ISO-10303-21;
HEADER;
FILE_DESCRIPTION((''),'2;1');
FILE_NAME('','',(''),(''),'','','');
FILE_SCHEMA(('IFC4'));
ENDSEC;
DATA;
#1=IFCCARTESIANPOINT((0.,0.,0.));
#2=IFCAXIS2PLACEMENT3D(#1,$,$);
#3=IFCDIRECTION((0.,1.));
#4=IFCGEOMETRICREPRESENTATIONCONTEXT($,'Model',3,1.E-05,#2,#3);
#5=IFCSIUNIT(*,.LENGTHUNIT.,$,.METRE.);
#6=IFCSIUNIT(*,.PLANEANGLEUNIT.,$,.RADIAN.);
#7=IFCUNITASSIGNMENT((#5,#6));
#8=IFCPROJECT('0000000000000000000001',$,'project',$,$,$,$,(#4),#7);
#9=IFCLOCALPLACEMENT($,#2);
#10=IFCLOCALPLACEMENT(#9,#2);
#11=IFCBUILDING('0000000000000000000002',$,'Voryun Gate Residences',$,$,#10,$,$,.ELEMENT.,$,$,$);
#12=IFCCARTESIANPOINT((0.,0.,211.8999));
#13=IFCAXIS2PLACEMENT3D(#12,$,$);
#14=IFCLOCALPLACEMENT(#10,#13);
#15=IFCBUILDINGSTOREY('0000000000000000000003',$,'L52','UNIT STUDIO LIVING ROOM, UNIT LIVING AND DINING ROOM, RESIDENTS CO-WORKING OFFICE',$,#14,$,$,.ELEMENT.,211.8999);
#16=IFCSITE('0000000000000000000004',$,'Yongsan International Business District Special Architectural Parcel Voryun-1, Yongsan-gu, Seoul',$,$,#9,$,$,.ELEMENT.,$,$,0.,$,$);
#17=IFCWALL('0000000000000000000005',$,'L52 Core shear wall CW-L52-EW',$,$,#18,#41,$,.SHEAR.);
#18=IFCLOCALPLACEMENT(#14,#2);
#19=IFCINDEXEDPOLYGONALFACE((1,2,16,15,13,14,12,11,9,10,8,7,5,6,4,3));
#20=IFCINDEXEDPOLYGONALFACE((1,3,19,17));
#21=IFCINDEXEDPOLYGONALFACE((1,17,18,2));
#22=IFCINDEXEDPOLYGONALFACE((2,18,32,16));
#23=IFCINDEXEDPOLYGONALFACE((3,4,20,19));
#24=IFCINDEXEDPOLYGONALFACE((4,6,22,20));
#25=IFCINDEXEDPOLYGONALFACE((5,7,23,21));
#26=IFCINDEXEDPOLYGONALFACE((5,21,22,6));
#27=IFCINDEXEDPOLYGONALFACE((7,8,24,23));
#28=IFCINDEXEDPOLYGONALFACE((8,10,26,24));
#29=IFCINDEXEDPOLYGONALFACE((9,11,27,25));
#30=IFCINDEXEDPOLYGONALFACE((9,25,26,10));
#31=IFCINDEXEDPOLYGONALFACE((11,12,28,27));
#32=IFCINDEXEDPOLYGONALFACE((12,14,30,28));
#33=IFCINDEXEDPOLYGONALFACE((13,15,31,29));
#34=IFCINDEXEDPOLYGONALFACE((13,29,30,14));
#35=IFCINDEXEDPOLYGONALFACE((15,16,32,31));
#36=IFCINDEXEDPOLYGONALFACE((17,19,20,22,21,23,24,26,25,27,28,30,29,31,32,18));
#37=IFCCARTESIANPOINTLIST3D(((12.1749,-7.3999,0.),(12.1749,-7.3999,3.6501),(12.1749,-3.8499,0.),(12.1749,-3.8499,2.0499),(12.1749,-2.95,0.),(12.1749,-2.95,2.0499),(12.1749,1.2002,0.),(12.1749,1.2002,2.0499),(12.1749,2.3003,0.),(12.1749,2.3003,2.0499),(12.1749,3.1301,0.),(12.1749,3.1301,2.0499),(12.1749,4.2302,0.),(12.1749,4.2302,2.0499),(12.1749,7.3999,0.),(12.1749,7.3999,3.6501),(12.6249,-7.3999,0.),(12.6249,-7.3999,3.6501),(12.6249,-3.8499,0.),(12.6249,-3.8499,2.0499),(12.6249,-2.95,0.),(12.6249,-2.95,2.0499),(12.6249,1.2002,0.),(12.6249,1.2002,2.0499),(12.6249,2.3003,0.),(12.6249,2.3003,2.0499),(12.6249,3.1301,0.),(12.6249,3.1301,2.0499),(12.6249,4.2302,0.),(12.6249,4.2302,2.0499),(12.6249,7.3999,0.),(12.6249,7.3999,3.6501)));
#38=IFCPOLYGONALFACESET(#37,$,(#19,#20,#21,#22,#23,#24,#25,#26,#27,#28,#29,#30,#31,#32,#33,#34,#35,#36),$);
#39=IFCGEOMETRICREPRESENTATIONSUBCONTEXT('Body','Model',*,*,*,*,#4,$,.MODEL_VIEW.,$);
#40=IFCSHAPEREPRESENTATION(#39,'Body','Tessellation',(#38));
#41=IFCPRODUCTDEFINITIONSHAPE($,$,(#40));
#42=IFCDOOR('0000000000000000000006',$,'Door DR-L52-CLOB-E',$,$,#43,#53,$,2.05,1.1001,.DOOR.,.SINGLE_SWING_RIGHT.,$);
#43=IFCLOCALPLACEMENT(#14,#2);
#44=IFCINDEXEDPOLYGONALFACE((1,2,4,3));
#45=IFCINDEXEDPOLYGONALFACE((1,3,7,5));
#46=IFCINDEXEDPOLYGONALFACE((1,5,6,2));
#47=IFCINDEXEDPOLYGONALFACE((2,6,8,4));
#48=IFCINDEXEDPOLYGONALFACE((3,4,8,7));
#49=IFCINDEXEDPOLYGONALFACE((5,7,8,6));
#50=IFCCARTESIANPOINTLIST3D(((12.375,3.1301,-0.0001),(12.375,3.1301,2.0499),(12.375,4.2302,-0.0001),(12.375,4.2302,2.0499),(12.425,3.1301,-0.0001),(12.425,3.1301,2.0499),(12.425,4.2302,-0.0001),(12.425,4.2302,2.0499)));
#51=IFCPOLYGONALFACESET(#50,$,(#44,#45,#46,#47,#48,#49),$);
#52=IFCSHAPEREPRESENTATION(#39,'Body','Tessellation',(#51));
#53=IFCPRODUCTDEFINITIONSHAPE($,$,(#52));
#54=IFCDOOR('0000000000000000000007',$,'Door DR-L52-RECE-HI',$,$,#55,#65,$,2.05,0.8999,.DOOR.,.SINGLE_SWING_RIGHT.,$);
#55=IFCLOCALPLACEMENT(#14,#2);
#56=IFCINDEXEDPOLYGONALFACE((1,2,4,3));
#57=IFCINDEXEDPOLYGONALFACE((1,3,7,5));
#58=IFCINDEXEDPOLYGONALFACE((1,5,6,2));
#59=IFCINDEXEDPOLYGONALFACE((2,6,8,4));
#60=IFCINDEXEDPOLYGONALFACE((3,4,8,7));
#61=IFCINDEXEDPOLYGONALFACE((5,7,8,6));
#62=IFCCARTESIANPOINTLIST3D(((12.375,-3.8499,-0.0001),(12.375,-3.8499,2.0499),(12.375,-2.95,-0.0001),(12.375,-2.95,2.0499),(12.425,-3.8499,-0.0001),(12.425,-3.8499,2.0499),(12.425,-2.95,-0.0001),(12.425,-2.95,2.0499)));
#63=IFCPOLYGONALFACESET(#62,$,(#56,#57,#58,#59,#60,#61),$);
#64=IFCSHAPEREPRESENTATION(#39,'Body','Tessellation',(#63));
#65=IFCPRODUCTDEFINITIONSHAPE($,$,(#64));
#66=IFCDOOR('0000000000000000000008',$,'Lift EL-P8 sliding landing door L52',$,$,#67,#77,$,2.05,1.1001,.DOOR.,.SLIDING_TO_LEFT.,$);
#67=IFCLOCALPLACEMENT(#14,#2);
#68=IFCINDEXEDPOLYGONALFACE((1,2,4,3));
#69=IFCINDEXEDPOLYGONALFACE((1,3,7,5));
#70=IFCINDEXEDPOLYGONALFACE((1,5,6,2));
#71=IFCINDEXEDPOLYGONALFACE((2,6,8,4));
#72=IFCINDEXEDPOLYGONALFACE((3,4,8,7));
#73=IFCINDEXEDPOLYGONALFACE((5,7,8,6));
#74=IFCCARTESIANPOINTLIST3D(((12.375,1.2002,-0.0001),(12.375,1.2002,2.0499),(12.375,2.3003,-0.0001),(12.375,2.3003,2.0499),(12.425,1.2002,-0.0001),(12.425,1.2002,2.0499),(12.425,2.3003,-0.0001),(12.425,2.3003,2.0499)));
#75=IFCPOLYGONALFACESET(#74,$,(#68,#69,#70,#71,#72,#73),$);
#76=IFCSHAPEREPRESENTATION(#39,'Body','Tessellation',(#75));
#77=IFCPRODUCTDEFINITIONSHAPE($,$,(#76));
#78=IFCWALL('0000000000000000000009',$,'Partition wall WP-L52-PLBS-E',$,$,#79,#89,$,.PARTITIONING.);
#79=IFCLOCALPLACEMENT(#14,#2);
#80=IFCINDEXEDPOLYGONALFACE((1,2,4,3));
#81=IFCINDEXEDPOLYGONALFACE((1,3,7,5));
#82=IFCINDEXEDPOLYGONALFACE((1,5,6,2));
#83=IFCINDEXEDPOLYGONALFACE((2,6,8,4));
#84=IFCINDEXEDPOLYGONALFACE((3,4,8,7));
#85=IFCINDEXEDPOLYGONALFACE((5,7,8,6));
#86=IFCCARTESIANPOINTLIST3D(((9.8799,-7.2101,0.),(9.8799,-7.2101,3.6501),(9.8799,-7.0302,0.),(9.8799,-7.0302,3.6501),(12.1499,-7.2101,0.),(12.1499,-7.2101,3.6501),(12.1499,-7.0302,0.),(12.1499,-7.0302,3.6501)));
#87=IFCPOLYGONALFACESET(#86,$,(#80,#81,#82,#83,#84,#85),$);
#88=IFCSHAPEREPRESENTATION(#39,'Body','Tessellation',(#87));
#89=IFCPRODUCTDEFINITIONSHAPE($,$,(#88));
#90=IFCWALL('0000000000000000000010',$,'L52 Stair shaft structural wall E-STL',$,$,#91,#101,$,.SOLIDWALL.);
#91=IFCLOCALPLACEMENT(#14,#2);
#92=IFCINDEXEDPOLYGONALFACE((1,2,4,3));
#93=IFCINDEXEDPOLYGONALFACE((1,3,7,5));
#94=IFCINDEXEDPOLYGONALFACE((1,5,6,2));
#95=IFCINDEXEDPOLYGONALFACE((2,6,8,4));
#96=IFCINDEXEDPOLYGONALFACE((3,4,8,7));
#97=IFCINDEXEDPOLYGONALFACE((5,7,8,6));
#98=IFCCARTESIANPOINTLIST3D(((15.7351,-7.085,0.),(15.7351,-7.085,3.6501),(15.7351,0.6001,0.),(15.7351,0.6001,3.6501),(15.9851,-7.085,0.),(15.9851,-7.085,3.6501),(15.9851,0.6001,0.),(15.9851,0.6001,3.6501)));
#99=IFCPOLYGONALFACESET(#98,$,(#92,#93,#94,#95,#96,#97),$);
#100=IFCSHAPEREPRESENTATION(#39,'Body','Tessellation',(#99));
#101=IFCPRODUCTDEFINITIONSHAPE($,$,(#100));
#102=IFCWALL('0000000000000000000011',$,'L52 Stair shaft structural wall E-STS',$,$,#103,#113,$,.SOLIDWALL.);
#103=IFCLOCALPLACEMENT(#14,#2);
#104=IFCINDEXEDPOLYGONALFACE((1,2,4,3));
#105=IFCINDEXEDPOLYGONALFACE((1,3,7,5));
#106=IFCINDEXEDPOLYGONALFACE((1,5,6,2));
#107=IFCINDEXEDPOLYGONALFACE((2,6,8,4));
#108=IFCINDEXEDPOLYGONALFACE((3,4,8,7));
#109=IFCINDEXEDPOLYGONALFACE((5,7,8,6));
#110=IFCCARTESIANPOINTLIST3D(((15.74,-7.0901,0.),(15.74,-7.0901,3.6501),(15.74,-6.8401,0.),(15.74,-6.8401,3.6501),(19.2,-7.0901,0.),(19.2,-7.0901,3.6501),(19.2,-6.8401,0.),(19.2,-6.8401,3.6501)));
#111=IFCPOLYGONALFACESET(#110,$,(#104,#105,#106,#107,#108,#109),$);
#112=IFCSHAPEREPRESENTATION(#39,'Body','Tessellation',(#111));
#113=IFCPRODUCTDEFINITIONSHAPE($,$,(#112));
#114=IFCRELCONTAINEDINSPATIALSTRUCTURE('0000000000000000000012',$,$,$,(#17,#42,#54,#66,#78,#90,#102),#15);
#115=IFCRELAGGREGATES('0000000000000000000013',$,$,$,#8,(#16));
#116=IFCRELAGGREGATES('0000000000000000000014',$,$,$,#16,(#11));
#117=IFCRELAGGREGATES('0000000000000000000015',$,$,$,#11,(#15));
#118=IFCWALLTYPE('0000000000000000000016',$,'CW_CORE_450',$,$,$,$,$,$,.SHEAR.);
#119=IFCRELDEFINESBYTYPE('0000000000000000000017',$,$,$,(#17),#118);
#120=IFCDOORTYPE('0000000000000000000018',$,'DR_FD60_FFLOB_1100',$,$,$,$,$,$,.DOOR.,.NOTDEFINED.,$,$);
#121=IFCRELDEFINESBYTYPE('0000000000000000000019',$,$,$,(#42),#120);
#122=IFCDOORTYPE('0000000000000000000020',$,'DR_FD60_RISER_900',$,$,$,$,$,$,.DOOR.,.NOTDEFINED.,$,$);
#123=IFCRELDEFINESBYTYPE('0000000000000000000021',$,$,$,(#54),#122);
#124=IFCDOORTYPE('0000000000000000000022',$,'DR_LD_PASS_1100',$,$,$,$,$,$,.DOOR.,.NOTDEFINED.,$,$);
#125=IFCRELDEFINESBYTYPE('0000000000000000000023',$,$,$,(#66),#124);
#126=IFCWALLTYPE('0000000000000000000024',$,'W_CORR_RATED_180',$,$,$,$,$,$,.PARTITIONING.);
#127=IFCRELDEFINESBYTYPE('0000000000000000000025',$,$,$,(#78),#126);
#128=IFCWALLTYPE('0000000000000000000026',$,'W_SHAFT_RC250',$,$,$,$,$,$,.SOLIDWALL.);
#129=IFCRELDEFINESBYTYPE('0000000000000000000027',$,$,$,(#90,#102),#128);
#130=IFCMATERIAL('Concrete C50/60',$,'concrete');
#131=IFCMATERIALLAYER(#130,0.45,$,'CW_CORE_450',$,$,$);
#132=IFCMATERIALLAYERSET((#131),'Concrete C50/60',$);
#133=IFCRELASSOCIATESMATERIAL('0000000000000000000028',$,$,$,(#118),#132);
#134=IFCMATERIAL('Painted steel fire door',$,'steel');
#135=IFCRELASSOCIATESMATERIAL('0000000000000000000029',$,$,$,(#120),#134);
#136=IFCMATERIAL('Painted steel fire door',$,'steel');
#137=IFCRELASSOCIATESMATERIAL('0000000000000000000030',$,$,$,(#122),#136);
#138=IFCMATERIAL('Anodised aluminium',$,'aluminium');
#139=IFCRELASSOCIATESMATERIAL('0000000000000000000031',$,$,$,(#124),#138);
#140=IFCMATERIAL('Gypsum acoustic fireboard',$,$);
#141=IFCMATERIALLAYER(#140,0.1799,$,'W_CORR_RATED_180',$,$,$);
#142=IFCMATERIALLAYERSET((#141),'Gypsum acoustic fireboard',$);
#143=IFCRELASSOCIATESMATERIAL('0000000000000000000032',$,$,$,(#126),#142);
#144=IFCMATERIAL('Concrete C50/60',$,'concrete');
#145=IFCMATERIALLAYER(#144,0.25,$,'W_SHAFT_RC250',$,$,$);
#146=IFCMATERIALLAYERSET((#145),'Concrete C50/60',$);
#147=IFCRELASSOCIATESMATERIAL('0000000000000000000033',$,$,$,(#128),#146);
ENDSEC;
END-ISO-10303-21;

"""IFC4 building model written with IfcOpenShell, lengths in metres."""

from ifc_helpers import new_model, si_unit, direction, frame, frame_2d, origin, place, context, subcontext, project, spatial, rectangle, extrude, material, layer, layer_set, type_object, element, fill, save


model = new_model("IFC4")

# Units and contexts
model_context = context("Model", 3, precision=1e-05, world=origin(), true_north=direction((0.0, 1.0)))
body_context = subcontext(model_context, "Body", "Model", "MODEL_VIEW")
ifc_project = project(units=[si_unit("LENGTHUNIT", "METRE"), si_unit("PLANEANGLEUNIT", "RADIAN")], contexts=[model_context])

# Site, building, storey
site_placement = place(None, origin())
site = spatial("IfcSite", under=ifc_project, at=site_placement, Name="Yongsan International Business District Special Architectural Parcel Voryun-1, Yongsan-gu, Seoul", CompositionType="ELEMENT", RefElevation=0.0)
building_placement = place(site_placement, origin())
building = spatial("IfcBuilding", under=site, at=building_placement, Name="Voryun Gate Residences", CompositionType="ELEMENT")
storey_placement = place(building_placement, frame((0.0, 0.0, 211.8999)))
storey = spatial("IfcBuildingStorey", under=building, at=storey_placement, Name="L52", Description="UNIT STUDIO LIVING ROOM, UNIT LIVING AND DINING ROOM, RESIDENTS CO-WORKING OFFICE", CompositionType="ELEMENT", Elevation=211.8999)

# Shared definitions
ifc_material_1 = material(Name="Concrete C50/60", Category="concrete")
ifc_layer_1 = layer(ifc_material_1, 0.45, Name="CW_CORE_450")
ifc_layer_set_1 = layer_set([ifc_layer_1], Name="Concrete C50/60")
wall_type_1 = type_object("IfcWallType", Name="CW_CORE_450", PredefinedType="SHEAR", material=ifc_layer_set_1)

# Wall, openings, doors
wall_1_placement = place(storey_placement, frame((12.3999, -7.3999, 0.0), z_axis=(0.0, 0.0, 1.0), x_axis=(0.0, 1.0, 0.0)))
wall_1 = element("IfcWall", 1, at=wall_1_placement, inside=storey, type_object=wall_type_1, Name="L52 Core shear wall CW-L52-EW", PredefinedType="SHEAR", context=body_context, shape_type="SweptSolid", body=[
    extrude(rectangle(XDim=14.7998, YDim=0.45, at=frame_2d((7.3999, 0.0))), origin(), (0.0, 0.0, 1.0), 3.6501),
])
opening_1_placement = place(wall_1_placement, frame((8.6001, 0.0, 0.0)))
opening_1 = element("IfcOpeningElement", 2, at=opening_1_placement, cuts=wall_1, PredefinedType="OPENING", context=body_context, shape_type="SweptSolid", body=[
    extrude(rectangle(XDim=1.1001, YDim=2.05, at=frame_2d((0.55, 1.0249))), frame((0.0, 0.2351, 0.0), z_axis=(0.0, -1.0, 0.0), x_axis=(1.0, 0.0, 0.0)), (0.0, 0.0, 1.0), 0.47),
])
opening_2_placement = place(wall_1_placement, frame((10.53, 0.0, 0.0)))
opening_2 = element("IfcOpeningElement", 3, at=opening_2_placement, cuts=wall_1, PredefinedType="OPENING", context=body_context, shape_type="SweptSolid", body=[
    extrude(rectangle(XDim=1.1001, YDim=2.05, at=frame_2d((0.55, 1.0249))), frame((0.0, 0.2351, 0.0), z_axis=(0.0, -1.0, 0.0), x_axis=(1.0, 0.0, 0.0)), (0.0, 0.0, 1.0), 0.47),
])
opening_3_placement = place(wall_1_placement, frame((3.55, 0.0, 0.0)))
opening_3 = element("IfcOpeningElement", 4, at=opening_3_placement, cuts=wall_1, PredefinedType="OPENING", context=body_context, shape_type="SweptSolid", body=[
    extrude(rectangle(XDim=0.8999, YDim=2.05, at=frame_2d((0.45, 1.0249))), frame((0.0, 0.2351, 0.0), z_axis=(0.0, -1.0, 0.0), x_axis=(1.0, 0.0, 0.0)), (0.0, 0.0, 1.0), 0.47),
])
ifc_material_2 = material(Name="Painted steel fire door", Category="steel")
door_type_1 = type_object("IfcDoorType", Name="DR_FD60_FFLOB_1100", OperationType="NOTDEFINED", PredefinedType="DOOR", material=ifc_material_2)
door_1_placement = place(opening_2_placement, origin())
door_1 = element("IfcDoor", 5, at=door_1_placement, inside=storey, type_object=door_type_1, Name="Door DR-L52-CLOB-E", OperationType="SINGLE_SWING_RIGHT", OverallHeight=2.05, OverallWidth=1.1001, PredefinedType="DOOR", context=body_context, shape_type="SweptSolid", body=[
    extrude(rectangle(XDim=1.1001, YDim=2.05, at=frame_2d((0.55, 1.0249))), frame((0.0, 0.0249, 0.0), z_axis=(0.0, -1.0, 0.0), x_axis=(1.0, 0.0, 0.0)), (0.0, 0.0, 1.0), 0.05),
])
fill(opening_2, door_1)
ifc_material_3 = material(Name="Painted steel fire door", Category="steel")
door_type_2 = type_object("IfcDoorType", Name="DR_FD60_RISER_900", OperationType="NOTDEFINED", PredefinedType="DOOR", material=ifc_material_3)
door_2_placement = place(opening_3_placement, origin())
door_2 = element("IfcDoor", 6, at=door_2_placement, inside=storey, type_object=door_type_2, Name="Door DR-L52-RECE-HI", OperationType="SINGLE_SWING_RIGHT", OverallHeight=2.05, OverallWidth=0.8999, PredefinedType="DOOR", context=body_context, shape_type="SweptSolid", body=[
    extrude(rectangle(XDim=0.8999, YDim=2.05, at=frame_2d((0.45, 1.0249))), frame((0.0, 0.0249, 0.0), z_axis=(0.0, -1.0, 0.0), x_axis=(1.0, 0.0, 0.0)), (0.0, 0.0, 1.0), 0.05),
])
fill(opening_3, door_2)
ifc_material_4 = material(Name="Anodised aluminium", Category="aluminium")
door_type_3 = type_object("IfcDoorType", Name="DR_LD_PASS_1100", OperationType="NOTDEFINED", PredefinedType="DOOR", material=ifc_material_4)
door_3_placement = place(opening_1_placement, origin())
door_3 = element("IfcDoor", 7, at=door_3_placement, inside=storey, type_object=door_type_3, Name="Lift EL-P8 sliding landing door L52", OperationType="SLIDING_TO_LEFT", OverallHeight=2.05, OverallWidth=1.1001, PredefinedType="DOOR", context=body_context, shape_type="SweptSolid", body=[
    extrude(rectangle(XDim=1.1001, YDim=2.05, at=frame_2d((0.55, 1.0249))), frame((0.0, 0.0249, 0.0), z_axis=(0.0, -1.0, 0.0), x_axis=(1.0, 0.0, 0.0)), (0.0, 0.0, 1.0), 0.05),
])
fill(opening_1, door_3)

# Walls
ifc_material_5 = material(Name="Gypsum acoustic fireboard")
ifc_layer_2 = layer(ifc_material_5, 0.1799, Name="W_CORR_RATED_180")
ifc_layer_set_2 = layer_set([ifc_layer_2], Name="Gypsum acoustic fireboard")
wall_type_2 = type_object("IfcWallType", Name="W_CORR_RATED_180", PredefinedType="PARTITIONING", material=ifc_layer_set_2)
wall_2_placement = place(storey_placement, frame((9.8799, -7.1201, 0.0), z_axis=(0.0, 0.0, 1.0), x_axis=(1.0, 0.0, 0.0)))
element("IfcWall", 8, at=wall_2_placement, inside=storey, type_object=wall_type_2, Name="Partition wall WP-L52-PLBS-E", PredefinedType="PARTITIONING", context=body_context, shape_type="SweptSolid", body=[
    extrude(rectangle(XDim=2.27, YDim=0.1799, at=frame_2d((1.135, 0.0))), origin(), (0.0, 0.0, 1.0), 3.6501),
])
ifc_material_6 = material(Name="Concrete C50/60", Category="concrete")
ifc_layer_3 = layer(ifc_material_6, 0.25, Name="W_SHAFT_RC250")
ifc_layer_set_3 = layer_set([ifc_layer_3], Name="Concrete C50/60")
wall_type_3 = type_object("IfcWallType", Name="W_SHAFT_RC250", PredefinedType="SOLIDWALL", material=ifc_layer_set_3)
wall_3_placement = place(storey_placement, frame((15.8601, -7.085, 0.0), z_axis=(0.0, 0.0, 1.0), x_axis=(0.0, 1.0, 0.0)))
element("IfcWall", 9, at=wall_3_placement, inside=storey, type_object=wall_type_3, Name="L52 Stair shaft structural wall E-STL", PredefinedType="SOLIDWALL", context=body_context, shape_type="SweptSolid", body=[
    extrude(rectangle(XDim=7.6851, YDim=0.25, at=frame_2d((3.8425, 0.0))), origin(), (0.0, 0.0, 1.0), 3.6501),
])
wall_4_placement = place(storey_placement, frame((15.74, -6.9651, 0.0), z_axis=(0.0, 0.0, 1.0), x_axis=(1.0, 0.0, 0.0)))
element("IfcWall", 10, at=wall_4_placement, inside=storey, type_object=wall_type_3, Name="L52 Stair shaft structural wall E-STS", PredefinedType="SOLIDWALL", context=body_context, shape_type="SweptSolid", body=[
    extrude(rectangle(XDim=3.46, YDim=0.25, at=frame_2d((1.73, 0.0))), origin(), (0.0, 0.0, 1.0), 3.6501),
])

save(model, "model.ifc")
